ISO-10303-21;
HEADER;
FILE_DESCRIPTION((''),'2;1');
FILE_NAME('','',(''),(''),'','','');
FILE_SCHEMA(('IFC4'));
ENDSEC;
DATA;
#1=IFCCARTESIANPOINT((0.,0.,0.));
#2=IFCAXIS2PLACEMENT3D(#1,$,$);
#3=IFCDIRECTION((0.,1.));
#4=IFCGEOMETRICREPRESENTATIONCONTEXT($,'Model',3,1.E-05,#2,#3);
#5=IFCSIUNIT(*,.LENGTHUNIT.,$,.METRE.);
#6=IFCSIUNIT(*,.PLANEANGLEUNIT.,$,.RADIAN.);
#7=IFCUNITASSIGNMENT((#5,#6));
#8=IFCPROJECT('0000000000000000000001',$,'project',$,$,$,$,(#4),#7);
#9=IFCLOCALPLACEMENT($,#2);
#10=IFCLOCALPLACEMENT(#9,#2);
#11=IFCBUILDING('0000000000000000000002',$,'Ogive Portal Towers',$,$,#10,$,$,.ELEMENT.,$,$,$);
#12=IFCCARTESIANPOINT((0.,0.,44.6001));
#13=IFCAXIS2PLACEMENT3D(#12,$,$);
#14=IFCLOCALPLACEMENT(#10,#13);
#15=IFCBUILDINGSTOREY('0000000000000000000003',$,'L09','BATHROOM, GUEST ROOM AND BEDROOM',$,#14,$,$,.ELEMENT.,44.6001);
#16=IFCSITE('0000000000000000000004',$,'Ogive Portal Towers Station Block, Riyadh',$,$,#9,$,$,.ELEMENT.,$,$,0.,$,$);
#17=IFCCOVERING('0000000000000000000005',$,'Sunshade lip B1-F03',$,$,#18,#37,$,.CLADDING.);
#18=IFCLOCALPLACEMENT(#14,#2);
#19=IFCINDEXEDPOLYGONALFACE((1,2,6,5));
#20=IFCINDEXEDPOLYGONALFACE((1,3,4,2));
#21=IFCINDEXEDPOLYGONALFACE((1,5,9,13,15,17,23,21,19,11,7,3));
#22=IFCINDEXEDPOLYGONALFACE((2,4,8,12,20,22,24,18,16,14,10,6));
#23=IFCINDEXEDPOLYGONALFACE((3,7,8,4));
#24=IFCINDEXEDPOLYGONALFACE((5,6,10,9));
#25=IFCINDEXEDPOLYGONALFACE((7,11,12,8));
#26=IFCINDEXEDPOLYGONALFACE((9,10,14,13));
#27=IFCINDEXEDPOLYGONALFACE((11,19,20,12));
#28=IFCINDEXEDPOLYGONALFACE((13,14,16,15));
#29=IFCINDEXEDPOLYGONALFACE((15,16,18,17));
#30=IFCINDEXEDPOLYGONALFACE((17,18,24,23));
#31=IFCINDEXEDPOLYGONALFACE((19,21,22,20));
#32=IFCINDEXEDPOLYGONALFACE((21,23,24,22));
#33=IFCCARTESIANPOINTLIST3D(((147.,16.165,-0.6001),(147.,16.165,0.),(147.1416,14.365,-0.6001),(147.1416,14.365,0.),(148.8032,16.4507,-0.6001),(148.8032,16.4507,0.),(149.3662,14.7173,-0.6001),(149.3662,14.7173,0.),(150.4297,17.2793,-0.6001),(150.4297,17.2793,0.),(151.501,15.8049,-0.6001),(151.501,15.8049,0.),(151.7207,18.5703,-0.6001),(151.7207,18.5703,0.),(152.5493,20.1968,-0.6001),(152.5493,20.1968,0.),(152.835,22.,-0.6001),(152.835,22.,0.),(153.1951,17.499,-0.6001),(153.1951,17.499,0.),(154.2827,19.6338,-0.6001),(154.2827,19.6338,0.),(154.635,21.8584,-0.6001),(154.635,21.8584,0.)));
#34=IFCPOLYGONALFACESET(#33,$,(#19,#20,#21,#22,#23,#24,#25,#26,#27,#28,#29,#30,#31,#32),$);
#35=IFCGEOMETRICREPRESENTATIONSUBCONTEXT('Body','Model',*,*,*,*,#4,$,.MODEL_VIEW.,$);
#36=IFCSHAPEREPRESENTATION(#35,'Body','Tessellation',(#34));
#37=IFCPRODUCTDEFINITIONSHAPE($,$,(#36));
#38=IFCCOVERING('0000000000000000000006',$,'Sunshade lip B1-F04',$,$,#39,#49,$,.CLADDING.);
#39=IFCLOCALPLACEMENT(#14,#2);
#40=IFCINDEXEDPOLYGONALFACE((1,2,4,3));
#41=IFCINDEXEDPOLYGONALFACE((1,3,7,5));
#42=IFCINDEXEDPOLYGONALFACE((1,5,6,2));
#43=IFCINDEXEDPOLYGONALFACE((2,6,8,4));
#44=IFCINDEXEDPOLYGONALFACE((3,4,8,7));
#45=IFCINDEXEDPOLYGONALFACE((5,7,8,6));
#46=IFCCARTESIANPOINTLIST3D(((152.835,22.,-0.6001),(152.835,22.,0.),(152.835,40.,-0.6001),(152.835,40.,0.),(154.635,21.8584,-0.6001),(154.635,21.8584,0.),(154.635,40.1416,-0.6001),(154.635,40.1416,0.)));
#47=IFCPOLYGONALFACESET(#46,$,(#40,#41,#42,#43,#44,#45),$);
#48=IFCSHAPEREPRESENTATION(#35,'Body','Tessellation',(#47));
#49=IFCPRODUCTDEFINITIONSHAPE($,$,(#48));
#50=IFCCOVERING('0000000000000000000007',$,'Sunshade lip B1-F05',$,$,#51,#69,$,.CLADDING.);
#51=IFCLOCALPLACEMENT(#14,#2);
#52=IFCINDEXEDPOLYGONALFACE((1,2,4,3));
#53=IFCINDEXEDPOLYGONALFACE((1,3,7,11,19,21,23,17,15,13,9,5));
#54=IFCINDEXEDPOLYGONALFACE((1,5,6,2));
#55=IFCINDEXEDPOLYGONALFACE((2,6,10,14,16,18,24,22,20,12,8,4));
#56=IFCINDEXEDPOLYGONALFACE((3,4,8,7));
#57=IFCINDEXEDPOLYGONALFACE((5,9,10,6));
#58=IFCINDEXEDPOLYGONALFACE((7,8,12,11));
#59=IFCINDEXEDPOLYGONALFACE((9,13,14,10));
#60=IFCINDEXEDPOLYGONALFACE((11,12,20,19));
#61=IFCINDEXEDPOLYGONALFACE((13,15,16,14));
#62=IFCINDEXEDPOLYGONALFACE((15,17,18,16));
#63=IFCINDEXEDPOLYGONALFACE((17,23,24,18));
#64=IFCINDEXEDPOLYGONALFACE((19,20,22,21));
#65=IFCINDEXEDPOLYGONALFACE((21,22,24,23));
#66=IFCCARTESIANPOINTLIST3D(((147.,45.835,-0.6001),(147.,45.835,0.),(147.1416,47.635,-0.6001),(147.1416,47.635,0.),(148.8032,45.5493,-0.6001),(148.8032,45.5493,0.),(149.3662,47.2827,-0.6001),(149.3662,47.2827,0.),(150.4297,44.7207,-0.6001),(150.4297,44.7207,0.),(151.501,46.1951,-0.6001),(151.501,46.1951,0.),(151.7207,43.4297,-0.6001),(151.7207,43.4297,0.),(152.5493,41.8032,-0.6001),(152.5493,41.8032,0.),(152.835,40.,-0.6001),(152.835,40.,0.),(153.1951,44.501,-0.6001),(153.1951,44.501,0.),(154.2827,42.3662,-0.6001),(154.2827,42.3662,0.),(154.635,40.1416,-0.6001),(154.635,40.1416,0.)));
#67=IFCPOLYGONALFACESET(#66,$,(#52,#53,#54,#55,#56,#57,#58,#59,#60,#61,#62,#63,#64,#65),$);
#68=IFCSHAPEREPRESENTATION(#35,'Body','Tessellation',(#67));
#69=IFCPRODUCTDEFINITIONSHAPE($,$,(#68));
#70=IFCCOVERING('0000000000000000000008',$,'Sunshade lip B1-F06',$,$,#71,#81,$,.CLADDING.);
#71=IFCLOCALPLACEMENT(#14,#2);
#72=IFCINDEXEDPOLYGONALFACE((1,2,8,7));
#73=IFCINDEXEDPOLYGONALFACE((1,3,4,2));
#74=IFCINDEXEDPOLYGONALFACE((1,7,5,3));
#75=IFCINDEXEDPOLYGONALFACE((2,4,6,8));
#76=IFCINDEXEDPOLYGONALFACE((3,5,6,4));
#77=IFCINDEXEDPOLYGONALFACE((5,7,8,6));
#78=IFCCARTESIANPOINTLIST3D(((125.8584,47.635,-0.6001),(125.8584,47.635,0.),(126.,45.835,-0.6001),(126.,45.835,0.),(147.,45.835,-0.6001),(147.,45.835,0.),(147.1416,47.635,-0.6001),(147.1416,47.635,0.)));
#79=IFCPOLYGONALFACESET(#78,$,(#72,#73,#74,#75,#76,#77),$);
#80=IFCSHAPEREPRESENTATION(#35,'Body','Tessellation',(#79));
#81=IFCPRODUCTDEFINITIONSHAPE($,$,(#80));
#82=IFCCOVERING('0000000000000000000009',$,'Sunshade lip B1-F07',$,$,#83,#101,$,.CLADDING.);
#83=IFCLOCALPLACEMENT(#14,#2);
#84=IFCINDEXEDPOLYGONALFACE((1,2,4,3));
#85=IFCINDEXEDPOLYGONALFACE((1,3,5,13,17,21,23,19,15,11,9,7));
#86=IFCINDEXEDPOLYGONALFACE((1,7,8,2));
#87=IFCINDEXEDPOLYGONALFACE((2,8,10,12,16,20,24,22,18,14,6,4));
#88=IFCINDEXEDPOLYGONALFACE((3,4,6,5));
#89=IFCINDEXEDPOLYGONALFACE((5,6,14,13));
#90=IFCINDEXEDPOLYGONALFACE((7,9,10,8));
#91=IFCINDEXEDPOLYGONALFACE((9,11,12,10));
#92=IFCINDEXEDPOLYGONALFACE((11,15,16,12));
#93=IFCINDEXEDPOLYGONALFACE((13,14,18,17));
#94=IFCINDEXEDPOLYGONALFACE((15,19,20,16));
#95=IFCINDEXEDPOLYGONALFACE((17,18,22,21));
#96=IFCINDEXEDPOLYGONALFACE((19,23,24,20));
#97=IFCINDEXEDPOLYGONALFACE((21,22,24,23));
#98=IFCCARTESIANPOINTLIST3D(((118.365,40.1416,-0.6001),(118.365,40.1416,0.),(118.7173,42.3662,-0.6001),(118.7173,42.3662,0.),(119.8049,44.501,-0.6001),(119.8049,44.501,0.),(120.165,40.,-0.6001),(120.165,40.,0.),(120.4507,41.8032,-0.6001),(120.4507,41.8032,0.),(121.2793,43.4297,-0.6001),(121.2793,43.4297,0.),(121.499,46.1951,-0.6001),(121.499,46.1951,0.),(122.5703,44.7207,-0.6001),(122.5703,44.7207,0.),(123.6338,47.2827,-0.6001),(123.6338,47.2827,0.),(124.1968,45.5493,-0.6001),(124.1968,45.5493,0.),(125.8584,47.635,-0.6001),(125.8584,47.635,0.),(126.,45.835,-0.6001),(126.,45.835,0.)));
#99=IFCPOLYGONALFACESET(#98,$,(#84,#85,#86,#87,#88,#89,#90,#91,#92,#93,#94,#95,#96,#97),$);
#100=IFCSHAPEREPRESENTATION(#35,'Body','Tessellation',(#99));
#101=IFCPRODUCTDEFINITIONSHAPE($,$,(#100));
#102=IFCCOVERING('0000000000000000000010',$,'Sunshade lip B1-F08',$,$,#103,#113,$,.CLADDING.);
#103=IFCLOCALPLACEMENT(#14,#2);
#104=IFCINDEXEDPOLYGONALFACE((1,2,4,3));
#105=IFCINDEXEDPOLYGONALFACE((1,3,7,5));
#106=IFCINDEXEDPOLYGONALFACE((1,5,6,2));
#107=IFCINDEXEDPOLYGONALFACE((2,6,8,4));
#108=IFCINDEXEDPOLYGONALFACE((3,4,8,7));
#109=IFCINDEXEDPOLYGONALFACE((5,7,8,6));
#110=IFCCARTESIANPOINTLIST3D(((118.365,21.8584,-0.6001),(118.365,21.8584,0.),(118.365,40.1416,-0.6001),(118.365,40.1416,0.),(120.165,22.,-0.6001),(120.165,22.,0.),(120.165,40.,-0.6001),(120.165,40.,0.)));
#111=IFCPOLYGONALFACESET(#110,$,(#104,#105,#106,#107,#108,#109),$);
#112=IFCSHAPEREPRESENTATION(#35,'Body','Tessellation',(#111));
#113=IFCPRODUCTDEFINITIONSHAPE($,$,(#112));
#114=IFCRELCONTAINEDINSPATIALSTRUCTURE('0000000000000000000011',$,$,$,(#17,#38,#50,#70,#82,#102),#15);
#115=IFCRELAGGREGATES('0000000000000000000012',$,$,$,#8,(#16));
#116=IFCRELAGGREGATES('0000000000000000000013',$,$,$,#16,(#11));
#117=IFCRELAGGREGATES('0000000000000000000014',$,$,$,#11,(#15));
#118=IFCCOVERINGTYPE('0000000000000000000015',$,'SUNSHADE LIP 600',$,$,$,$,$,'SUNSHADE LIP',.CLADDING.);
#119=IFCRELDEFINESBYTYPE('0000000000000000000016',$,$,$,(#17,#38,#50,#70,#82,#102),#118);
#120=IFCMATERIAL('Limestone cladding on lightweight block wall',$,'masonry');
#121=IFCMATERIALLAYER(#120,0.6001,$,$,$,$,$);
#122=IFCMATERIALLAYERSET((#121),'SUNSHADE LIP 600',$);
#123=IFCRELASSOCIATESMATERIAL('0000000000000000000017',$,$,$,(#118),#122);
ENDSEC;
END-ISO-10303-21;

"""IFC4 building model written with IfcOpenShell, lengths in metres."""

from ifc_helpers import new_model, si_unit, direction, frame, origin, place, context, subcontext, project, spatial, polyline, outline, extrude, material, layer, layer_set, type_object, element, save


model = new_model("IFC4")

# Units and contexts
model_context = context("Model", 3, precision=1e-05, world=origin(), true_north=direction((0.0, 1.0)))
body_context = subcontext(model_context, "Body", "Model", "MODEL_VIEW")
ifc_project = project(units=[si_unit("LENGTHUNIT", "METRE"), si_unit("PLANEANGLEUNIT", "RADIAN")], contexts=[model_context])

# Site, building, storey
site_placement = place(None, origin())
site = spatial("IfcSite", under=ifc_project, at=site_placement, Name="Ogive Portal Towers Station Block, Riyadh", CompositionType="ELEMENT", RefElevation=0.0)
building_placement = place(site_placement, origin())
building = spatial("IfcBuilding", under=site, at=building_placement, Name="Ogive Portal Towers", CompositionType="ELEMENT")
storey_placement = place(building_placement, frame((0.0, 0.0, 44.6001)))
storey = spatial("IfcBuildingStorey", under=building, at=storey_placement, Name="L09", Description="BATHROOM, GUEST ROOM AND BEDROOM", CompositionType="ELEMENT", Elevation=44.6001)

# Shared definitions
ifc_material_1 = material(Name="Limestone cladding on lightweight block wall", Category="masonry")

# Coverings
ifc_layer_1 = layer(ifc_material_1, 0.6001)
ifc_layer_set_1 = layer_set([ifc_layer_1], Name="SUNSHADE LIP 600")
covering_type_1 = type_object("IfcCoveringType", Name="SUNSHADE LIP 600", ElementType="SUNSHADE LIP", PredefinedType="CLADDING", material=ifc_layer_set_1)
covering_1_placement = place(storey_placement, frame((0.0, 0.0, -0.6001)))
element("IfcCovering", 1, at=covering_1_placement, inside=storey, type_object=covering_type_1, Name="Sunshade lip B1-F03", PredefinedType="CLADDING", context=body_context, shape_type="SweptSolid", body=[
    extrude(outline(polyline([(147.0, 16.165), (148.8032, 16.4507), (150.4297, 17.2793), (151.7207, 18.5703), (152.5493, 20.1968), (152.835, 22.0), (154.635, 21.8584), (154.2827, 19.6338), (153.1951, 17.499), (151.501, 15.8049), (149.3662, 14.7173), (147.1416, 14.365), (147.0, 16.165)])), origin(), (0.0, 0.0, 1.0), 0.6001),
])
covering_2_placement = place(storey_placement, frame((0.0, 0.0, -0.6001)))
element("IfcCovering", 2, at=covering_2_placement, inside=storey, type_object=covering_type_1, Name="Sunshade lip B1-F04", PredefinedType="CLADDING", context=body_context, shape_type="SweptSolid", body=[
    extrude(outline(polyline([(152.835, 22.0), (152.835, 40.0), (154.635, 40.1416), (154.635, 21.8584), (152.835, 22.0)])), origin(), (0.0, 0.0, 1.0), 0.6001),
])
covering_3_placement = place(storey_placement, frame((0.0, 0.0, -0.6001)))
element("IfcCovering", 3, at=covering_3_placement, inside=storey, type_object=covering_type_1, Name="Sunshade lip B1-F05", PredefinedType="CLADDING", context=body_context, shape_type="SweptSolid", body=[
    extrude(outline(polyline([(152.835, 40.0), (152.5493, 41.8032), (151.7207, 43.4297), (150.4297, 44.7207), (148.8032, 45.5493), (147.0, 45.835), (147.1416, 47.635), (149.3662, 47.2827), (151.501, 46.1951), (153.1951, 44.501), (154.2827, 42.3662), (154.635, 40.1416), (152.835, 40.0)])), origin(), (0.0, 0.0, 1.0), 0.6001),
])
covering_4_placement = place(storey_placement, frame((0.0, 0.0, -0.6001)))
element("IfcCovering", 4, at=covering_4_placement, inside=storey, type_object=covering_type_1, Name="Sunshade lip B1-F06", PredefinedType="CLADDING", context=body_context, shape_type="SweptSolid", body=[
    extrude(outline(polyline([(147.0, 45.835), (126.0, 45.835), (125.8584, 47.635), (147.1416, 47.635), (147.0, 45.835)])), origin(), (0.0, 0.0, 1.0), 0.6001),
])
covering_5_placement = place(storey_placement, frame((0.0, 0.0, -0.6001)))
element("IfcCovering", 5, at=covering_5_placement, inside=storey, type_object=covering_type_1, Name="Sunshade lip B1-F07", PredefinedType="CLADDING", context=body_context, shape_type="SweptSolid", body=[
    extrude(outline(polyline([(126.0, 45.835), (124.1968, 45.5493), (122.5703, 44.7207), (121.2793, 43.4297), (120.4507, 41.8032), (120.165, 40.0), (118.365, 40.1416), (118.7173, 42.3662), (119.8049, 44.501), (121.499, 46.1951), (123.6338, 47.2827), (125.8584, 47.635), (126.0, 45.835)])), origin(), (0.0, 0.0, 1.0), 0.6001),
])
covering_6_placement = place(storey_placement, frame((0.0, 0.0, -0.6001)))
element("IfcCovering", 6, at=covering_6_placement, inside=storey, type_object=covering_type_1, Name="Sunshade lip B1-F08", PredefinedType="CLADDING", context=body_context, shape_type="SweptSolid", body=[
    extrude(outline(polyline([(120.165, 40.0), (120.165, 22.0), (118.365, 21.8584), (118.365, 40.1416), (120.165, 40.0)])), origin(), (0.0, 0.0, 1.0), 0.6001),
])

save(model, "model.ifc")
